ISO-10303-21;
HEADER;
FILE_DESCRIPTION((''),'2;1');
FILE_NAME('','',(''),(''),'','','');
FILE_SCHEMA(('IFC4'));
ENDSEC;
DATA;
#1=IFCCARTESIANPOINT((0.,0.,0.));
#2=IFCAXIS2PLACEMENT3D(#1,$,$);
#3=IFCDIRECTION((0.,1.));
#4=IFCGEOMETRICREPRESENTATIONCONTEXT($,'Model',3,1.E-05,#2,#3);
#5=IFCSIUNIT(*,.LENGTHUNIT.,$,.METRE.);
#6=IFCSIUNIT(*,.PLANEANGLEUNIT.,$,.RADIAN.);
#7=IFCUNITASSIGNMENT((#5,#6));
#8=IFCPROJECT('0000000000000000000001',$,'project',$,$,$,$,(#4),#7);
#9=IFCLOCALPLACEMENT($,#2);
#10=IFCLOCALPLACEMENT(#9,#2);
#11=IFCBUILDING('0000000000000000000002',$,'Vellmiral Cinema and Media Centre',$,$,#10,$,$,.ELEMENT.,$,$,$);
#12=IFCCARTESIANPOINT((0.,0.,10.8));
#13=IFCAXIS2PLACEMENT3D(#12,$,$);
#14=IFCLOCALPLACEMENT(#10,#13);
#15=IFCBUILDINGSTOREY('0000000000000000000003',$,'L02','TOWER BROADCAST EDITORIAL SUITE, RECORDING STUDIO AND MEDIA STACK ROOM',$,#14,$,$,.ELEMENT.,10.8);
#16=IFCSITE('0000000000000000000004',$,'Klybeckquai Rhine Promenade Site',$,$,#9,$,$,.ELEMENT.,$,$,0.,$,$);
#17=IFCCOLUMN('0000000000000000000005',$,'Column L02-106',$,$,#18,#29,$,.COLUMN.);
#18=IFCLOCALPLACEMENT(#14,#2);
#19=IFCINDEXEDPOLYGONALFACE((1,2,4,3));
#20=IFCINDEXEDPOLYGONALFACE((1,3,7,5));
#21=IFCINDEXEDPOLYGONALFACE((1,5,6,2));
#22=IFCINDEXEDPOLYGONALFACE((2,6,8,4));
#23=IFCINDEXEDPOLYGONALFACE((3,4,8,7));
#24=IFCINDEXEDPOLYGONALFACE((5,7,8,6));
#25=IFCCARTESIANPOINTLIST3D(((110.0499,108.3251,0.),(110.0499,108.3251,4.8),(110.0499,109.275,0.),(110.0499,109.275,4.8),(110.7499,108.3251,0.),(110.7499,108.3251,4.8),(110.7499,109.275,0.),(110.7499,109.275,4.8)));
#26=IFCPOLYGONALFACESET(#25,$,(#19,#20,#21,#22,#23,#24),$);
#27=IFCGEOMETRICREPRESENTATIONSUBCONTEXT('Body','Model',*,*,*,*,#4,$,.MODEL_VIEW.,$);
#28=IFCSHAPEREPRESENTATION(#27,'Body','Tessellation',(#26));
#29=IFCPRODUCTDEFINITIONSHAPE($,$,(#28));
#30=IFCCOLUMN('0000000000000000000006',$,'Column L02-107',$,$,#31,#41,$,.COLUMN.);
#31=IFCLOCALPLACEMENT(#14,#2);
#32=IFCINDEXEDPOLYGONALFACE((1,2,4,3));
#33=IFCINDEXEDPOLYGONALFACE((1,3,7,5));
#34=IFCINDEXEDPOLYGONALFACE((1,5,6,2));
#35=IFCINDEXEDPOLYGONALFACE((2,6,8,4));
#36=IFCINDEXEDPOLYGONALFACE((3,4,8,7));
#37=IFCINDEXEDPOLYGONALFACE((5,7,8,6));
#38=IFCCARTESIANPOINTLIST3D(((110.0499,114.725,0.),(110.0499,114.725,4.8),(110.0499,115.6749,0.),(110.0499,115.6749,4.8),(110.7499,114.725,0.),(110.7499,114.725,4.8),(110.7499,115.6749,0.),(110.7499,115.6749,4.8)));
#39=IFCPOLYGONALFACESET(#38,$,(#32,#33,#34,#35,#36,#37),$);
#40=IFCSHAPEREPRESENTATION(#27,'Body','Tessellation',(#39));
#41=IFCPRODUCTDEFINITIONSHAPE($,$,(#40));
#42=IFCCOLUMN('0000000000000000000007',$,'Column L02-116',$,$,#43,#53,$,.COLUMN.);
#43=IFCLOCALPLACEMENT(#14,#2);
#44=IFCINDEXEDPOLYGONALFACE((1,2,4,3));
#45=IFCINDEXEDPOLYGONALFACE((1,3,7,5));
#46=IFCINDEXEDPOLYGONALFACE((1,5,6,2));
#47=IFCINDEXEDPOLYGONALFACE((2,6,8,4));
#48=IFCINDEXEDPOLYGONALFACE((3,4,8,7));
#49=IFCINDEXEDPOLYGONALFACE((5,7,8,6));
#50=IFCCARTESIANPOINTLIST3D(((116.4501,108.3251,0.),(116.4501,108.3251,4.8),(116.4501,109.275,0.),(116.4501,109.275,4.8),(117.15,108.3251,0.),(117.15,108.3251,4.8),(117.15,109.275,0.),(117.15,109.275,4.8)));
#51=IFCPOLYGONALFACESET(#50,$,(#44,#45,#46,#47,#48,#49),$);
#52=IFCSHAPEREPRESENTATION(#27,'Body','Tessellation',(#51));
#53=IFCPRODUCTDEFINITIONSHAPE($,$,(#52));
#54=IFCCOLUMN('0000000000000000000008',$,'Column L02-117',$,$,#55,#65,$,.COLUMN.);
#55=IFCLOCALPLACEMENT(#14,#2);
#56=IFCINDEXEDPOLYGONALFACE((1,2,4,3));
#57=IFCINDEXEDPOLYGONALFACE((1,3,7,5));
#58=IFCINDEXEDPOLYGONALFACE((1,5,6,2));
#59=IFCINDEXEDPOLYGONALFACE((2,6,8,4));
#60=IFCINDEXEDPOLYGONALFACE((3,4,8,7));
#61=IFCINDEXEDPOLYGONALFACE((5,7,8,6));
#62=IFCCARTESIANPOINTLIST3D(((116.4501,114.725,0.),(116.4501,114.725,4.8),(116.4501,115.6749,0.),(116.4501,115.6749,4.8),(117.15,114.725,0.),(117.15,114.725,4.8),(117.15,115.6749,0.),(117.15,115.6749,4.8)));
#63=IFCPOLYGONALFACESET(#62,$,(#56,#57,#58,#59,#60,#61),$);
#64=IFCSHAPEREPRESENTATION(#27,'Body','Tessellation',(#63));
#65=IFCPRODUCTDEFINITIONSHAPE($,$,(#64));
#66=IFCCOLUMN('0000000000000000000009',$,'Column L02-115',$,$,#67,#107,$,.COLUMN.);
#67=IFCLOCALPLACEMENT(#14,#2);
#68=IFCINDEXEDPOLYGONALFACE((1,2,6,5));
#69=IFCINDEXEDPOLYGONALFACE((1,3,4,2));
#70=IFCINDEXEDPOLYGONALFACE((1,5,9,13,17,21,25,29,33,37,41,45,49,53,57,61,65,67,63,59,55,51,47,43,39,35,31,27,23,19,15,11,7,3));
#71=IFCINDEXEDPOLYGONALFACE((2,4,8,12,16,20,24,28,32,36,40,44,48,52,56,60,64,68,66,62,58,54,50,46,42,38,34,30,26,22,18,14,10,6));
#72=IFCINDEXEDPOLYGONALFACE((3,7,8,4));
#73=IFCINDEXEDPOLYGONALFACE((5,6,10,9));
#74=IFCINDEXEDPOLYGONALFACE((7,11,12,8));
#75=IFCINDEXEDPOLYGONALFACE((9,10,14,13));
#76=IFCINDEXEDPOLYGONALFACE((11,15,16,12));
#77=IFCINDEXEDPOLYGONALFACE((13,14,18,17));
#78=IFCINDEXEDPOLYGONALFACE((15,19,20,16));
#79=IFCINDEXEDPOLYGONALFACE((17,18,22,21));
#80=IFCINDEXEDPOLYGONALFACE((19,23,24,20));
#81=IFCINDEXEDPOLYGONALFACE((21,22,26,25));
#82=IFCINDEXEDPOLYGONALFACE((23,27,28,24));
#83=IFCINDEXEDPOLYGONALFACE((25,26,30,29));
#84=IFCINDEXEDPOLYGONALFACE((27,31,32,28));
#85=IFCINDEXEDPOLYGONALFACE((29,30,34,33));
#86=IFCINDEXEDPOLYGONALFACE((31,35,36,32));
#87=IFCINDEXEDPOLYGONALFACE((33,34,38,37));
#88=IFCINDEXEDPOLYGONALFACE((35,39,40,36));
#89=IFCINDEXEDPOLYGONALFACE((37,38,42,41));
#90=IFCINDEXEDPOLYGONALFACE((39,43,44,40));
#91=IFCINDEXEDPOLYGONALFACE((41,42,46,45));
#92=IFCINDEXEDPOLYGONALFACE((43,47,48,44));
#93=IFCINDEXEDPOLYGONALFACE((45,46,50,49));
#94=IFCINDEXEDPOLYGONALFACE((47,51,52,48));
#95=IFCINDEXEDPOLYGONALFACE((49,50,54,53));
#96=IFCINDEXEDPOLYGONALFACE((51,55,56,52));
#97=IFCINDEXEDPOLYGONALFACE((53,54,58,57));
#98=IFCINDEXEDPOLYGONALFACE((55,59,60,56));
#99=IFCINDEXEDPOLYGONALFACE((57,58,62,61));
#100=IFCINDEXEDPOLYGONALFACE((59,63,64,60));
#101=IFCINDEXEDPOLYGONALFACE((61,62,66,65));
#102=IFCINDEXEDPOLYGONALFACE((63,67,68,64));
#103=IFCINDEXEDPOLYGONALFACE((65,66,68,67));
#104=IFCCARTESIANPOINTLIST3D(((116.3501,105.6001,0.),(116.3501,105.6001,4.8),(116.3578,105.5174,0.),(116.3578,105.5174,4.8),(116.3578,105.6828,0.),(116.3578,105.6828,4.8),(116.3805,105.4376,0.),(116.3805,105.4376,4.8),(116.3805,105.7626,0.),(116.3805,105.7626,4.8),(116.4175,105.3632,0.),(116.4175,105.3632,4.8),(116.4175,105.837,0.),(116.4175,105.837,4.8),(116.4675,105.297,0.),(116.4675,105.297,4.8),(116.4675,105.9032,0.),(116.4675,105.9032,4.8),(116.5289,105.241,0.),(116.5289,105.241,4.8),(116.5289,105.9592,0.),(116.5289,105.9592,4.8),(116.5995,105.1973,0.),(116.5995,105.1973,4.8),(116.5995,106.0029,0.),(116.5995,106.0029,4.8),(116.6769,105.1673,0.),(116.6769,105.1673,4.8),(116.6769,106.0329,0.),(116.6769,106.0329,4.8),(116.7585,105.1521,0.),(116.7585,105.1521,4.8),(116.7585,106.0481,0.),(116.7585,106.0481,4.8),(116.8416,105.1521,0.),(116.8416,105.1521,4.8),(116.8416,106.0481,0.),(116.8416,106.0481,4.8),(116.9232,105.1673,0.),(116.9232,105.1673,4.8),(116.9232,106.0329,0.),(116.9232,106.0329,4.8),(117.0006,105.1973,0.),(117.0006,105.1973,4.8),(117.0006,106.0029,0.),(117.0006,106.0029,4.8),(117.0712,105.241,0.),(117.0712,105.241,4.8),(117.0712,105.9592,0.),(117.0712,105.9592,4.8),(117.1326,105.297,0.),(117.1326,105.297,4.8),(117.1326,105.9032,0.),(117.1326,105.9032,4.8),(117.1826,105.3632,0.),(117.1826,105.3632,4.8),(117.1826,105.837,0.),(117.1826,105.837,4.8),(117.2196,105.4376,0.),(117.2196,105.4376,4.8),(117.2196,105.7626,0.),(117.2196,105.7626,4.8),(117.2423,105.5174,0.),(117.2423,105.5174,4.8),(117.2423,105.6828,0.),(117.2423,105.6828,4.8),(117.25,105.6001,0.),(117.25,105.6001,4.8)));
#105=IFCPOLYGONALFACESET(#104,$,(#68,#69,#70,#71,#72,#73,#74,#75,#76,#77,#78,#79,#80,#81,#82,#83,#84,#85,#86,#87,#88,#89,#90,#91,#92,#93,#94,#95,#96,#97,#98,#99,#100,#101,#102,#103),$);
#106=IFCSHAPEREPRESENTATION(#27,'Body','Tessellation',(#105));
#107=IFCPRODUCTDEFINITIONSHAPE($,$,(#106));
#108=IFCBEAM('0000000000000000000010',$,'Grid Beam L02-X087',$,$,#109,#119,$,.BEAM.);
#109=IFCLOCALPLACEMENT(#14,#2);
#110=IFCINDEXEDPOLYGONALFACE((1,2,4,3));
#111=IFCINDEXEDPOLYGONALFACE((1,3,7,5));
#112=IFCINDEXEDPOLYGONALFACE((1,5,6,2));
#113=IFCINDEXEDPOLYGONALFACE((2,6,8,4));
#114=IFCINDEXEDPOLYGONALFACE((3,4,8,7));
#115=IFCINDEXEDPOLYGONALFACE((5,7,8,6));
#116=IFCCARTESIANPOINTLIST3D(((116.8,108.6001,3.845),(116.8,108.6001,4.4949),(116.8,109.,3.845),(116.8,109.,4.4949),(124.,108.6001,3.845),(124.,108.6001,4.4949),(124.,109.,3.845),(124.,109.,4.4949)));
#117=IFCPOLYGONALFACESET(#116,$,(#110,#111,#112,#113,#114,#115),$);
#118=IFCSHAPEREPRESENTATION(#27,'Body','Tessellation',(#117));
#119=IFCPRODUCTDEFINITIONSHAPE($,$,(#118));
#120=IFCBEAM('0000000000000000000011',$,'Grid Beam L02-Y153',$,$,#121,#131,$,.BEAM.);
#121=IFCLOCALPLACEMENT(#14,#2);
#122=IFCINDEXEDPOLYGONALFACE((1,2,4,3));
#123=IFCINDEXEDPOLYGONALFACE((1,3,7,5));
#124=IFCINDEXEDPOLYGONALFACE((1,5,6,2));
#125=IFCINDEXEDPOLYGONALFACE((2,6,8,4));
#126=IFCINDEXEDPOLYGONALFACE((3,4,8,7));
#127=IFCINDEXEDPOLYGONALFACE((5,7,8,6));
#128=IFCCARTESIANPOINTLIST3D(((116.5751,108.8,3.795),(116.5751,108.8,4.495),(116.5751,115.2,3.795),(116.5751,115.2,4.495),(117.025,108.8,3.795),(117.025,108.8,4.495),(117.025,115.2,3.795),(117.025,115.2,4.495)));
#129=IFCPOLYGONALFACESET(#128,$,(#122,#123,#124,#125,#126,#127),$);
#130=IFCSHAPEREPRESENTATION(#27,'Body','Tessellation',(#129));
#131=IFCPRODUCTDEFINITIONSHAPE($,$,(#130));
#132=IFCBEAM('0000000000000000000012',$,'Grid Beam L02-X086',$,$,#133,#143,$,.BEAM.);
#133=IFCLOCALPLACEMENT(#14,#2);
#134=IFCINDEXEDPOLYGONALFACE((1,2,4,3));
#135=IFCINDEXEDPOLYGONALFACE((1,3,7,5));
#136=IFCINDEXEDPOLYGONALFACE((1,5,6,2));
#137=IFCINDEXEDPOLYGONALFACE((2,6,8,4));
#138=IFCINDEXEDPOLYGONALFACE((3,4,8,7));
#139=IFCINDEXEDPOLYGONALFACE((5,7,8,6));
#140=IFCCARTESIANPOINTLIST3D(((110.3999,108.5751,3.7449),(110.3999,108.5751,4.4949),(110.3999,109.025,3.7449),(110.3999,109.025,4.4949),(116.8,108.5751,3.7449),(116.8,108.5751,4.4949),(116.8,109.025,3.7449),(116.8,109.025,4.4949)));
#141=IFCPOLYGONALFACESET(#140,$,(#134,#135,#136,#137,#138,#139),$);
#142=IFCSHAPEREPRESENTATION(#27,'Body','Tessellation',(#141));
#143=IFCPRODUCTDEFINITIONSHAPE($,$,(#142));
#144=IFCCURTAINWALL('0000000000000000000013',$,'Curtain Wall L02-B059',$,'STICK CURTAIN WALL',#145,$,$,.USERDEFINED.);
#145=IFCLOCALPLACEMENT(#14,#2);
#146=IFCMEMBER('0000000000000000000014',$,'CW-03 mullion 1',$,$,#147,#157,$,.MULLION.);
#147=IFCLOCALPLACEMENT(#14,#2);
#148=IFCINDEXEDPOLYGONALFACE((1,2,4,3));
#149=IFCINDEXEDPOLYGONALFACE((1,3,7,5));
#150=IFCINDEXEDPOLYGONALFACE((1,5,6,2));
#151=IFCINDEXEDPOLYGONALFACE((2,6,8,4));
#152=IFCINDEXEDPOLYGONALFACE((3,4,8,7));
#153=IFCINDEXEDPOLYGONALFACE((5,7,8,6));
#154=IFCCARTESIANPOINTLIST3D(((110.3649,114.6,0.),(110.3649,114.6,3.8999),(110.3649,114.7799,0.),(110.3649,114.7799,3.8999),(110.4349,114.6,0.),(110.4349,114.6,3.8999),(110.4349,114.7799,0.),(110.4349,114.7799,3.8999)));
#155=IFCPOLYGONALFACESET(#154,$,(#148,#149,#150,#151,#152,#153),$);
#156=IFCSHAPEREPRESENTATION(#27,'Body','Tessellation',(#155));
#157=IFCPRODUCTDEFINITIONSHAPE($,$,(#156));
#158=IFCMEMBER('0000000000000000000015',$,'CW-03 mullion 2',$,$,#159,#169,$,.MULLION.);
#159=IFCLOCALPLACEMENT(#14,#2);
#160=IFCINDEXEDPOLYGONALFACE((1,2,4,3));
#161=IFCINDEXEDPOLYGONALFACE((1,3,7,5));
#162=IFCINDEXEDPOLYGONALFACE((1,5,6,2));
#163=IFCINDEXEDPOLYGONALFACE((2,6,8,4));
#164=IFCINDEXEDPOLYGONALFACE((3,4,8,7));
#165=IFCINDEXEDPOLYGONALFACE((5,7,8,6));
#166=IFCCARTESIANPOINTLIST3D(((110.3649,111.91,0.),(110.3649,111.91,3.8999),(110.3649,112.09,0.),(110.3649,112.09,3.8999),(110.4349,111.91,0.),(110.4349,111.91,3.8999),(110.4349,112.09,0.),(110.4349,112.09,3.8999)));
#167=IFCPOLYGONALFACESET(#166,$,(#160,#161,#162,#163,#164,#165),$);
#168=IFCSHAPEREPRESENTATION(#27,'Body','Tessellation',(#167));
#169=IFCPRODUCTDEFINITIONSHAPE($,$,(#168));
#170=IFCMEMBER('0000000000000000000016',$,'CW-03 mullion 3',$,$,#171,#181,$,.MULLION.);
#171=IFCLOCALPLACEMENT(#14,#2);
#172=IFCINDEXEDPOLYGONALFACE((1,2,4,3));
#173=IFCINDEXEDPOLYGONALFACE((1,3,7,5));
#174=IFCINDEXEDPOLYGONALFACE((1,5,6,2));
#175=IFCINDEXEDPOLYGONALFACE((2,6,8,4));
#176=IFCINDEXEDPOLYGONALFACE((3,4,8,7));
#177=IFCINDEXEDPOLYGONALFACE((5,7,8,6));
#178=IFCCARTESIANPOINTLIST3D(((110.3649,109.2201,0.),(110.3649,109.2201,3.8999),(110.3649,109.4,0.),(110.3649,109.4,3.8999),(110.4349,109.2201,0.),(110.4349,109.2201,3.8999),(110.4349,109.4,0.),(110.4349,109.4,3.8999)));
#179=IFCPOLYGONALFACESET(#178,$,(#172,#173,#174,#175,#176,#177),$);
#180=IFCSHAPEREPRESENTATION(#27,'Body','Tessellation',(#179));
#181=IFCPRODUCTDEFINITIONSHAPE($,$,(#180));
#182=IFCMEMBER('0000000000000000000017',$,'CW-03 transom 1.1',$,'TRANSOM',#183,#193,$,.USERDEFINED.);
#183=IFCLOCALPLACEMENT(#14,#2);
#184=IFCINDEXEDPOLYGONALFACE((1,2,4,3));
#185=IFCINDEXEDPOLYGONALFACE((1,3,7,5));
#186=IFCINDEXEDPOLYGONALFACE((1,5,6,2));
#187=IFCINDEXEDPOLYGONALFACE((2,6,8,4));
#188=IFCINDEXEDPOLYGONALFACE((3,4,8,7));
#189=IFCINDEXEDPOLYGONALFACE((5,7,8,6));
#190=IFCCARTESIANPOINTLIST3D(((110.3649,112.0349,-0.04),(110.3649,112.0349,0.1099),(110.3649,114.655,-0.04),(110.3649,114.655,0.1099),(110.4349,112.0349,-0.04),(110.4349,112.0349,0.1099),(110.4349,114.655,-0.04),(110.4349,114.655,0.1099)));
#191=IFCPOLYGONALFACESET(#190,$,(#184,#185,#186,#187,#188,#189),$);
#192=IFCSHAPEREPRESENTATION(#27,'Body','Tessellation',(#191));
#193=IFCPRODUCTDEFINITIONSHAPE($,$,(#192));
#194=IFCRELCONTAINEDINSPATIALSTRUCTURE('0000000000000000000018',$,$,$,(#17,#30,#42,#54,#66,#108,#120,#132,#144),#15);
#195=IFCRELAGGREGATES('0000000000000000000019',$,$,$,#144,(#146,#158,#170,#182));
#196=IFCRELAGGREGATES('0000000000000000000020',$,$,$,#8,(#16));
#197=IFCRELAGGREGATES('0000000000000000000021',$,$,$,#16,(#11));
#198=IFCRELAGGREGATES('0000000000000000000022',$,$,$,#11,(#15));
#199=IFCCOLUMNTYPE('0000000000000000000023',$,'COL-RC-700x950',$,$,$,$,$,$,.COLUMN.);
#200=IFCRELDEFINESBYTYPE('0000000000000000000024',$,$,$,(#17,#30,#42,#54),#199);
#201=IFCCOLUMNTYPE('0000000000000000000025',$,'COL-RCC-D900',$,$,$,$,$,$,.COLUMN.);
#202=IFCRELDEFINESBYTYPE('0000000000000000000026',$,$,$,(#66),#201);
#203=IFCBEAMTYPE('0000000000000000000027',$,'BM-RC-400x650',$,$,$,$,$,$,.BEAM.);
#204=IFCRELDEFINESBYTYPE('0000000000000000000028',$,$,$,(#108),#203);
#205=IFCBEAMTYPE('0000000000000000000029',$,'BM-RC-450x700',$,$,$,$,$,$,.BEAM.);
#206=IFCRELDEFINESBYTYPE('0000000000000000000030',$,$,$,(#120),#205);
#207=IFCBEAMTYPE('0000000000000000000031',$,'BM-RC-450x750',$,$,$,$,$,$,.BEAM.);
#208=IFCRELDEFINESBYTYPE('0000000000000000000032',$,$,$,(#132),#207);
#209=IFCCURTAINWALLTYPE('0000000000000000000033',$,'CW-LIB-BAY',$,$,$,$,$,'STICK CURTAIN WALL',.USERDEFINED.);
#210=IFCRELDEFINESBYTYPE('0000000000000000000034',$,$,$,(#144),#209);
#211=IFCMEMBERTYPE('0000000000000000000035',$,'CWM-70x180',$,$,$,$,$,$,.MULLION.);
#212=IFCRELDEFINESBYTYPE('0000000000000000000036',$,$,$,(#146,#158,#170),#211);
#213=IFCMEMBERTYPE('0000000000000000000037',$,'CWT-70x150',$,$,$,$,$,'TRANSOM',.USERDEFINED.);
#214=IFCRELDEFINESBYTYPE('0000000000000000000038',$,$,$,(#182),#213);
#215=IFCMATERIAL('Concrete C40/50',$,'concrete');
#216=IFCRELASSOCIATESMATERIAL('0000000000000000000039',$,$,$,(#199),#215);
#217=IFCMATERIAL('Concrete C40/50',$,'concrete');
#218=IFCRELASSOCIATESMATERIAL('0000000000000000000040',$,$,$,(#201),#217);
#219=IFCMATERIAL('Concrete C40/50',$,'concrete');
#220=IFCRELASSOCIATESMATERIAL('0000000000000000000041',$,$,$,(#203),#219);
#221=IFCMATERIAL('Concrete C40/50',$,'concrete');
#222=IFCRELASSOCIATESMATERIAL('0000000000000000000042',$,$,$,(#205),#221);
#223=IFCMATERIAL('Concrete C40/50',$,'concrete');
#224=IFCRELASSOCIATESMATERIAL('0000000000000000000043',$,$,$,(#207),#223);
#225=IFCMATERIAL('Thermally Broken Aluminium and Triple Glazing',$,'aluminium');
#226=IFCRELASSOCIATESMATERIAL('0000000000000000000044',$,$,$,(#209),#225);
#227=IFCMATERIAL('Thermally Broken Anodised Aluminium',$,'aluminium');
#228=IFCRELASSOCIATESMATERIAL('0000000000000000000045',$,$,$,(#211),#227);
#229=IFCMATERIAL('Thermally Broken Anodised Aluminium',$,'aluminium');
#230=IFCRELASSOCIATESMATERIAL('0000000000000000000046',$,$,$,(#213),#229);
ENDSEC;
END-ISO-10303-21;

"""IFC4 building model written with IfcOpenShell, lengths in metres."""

from ifc_helpers import new_model, si_unit, direction, frame, origin, origin_2d, place, context, subcontext, project, spatial, rectangle, circle, extrude, material, material_profile, profile_set, type_object, element, aggregate, save


model = new_model("IFC4")

# Units and contexts
model_context = context("Model", 3, precision=1e-05, world=origin(), true_north=direction((0.0, 1.0)))
body_context = subcontext(model_context, "Body", "Model", "MODEL_VIEW")
ifc_project = project(units=[si_unit("LENGTHUNIT", "METRE"), si_unit("PLANEANGLEUNIT", "RADIAN")], contexts=[model_context])

# Site, building, storey
site_placement = place(None, origin())
site = spatial("IfcSite", under=ifc_project, at=site_placement, Name="Klybeckquai Rhine Promenade Site", CompositionType="ELEMENT", RefElevation=0.0)
building_placement = place(site_placement, origin())
building = spatial("IfcBuilding", under=site, at=building_placement, Name="Vellmiral Cinema and Media Centre", CompositionType="ELEMENT")
storey_placement = place(building_placement, frame((0.0, 0.0, 10.8)))
storey = spatial("IfcBuildingStorey", under=building, at=storey_placement, Name="L02", Description="TOWER BROADCAST EDITORIAL SUITE, RECORDING STUDIO AND MEDIA STACK ROOM", CompositionType="ELEMENT", Elevation=10.8)

# Columns
ifc_material_1 = material(Name="Concrete C40/50", Category="concrete")
ifc_material_profile_1 = material_profile(ifc_material_1, rectangle(XDim=0.7, YDim=0.95, at=origin_2d()), Name="RC 700x950")
ifc_profile_set_1 = profile_set([ifc_material_profile_1], Name="Concrete C40/50")
column_type_1 = type_object("IfcColumnType", Name="COL-RC-700x950", PredefinedType="COLUMN", material=ifc_profile_set_1)
for number, where, z_axis, x_axis, name in (
    (1, (110.3999, 108.8, 0.0), (0.0, 0.0, 1.0), (1.0, 0.0, 0.0), "Column L02-106"),
    (2, (110.3999, 115.2, 0.0), (0.0, 0.0, 1.0), (1.0, 0.0, 0.0), "Column L02-107"),
    (3, (116.8, 108.8, 0.0), (0.0, 0.0, 1.0), (1.0, 0.0, 0.0), "Column L02-116"),
    (4, (116.8, 115.2, 0.0), (0.0, 0.0, 1.0), (1.0, 0.0, 0.0), "Column L02-117"),
):
    element("IfcColumn", number, at=place(storey_placement, frame(where, z_axis=z_axis, x_axis=x_axis)), inside=storey, type_object=column_type_1, Name=name, PredefinedType="COLUMN", context=body_context, shape_type="SweptSolid", body=[
        extrude(rectangle(XDim=0.7, YDim=0.95, at=origin_2d()), origin(), (0.0, 0.0, 1.0), 4.8),
    ])
ifc_material_2 = material(Name="Concrete C40/50", Category="concrete")
ifc_material_profile_2 = material_profile(ifc_material_2, circle(Radius=0.45, at=origin_2d()), Name="RC D900")
ifc_profile_set_2 = profile_set([ifc_material_profile_2], Name="Concrete C40/50")
column_type_2 = type_object("IfcColumnType", Name="COL-RCC-D900", PredefinedType="COLUMN", material=ifc_profile_set_2)
column_placement = place(storey_placement, frame((116.8, 105.6001, 0.0), z_axis=(0.0, 0.0, 1.0), x_axis=(1.0, 0.0, 0.0)))
element("IfcColumn", 5, at=column_placement, inside=storey, type_object=column_type_2, Name="Column L02-115", PredefinedType="COLUMN", context=body_context, shape_type="SweptSolid", body=[
    extrude(circle(Radius=0.45, at=origin_2d()), origin(), (0.0, 0.0, 1.0), 4.8),
])

# Beams
ifc_material_3 = material(Name="Concrete C40/50", Category="concrete")
ifc_material_profile_3 = material_profile(ifc_material_3, rectangle(XDim=0.3999, YDim=0.6499, at=origin_2d()), Name="RC 400x650")
ifc_profile_set_3 = profile_set([ifc_material_profile_3], Name="Concrete C40/50")
beam_type_1 = type_object("IfcBeamType", Name="BM-RC-400x650", PredefinedType="BEAM", material=ifc_profile_set_3)
beam_1_placement = place(storey_placement, frame((116.8, 108.8, 4.1699), z_axis=(1.0, 0.0, 0.0), x_axis=(0.0, 1.0, 0.0)))
element("IfcBeam", 6, at=beam_1_placement, inside=storey, type_object=beam_type_1, Name="Grid Beam L02-X087", PredefinedType="BEAM", context=body_context, shape_type="SweptSolid", body=[
    extrude(rectangle(XDim=0.3999, YDim=0.6499, at=origin_2d()), origin(), (0.0, 0.0, 1.0), 7.2),
])
ifc_material_4 = material(Name="Concrete C40/50", Category="concrete")
ifc_material_profile_4 = material_profile(ifc_material_4, rectangle(XDim=0.45, YDim=0.7, at=origin_2d()), Name="RC 450x700")
ifc_profile_set_4 = profile_set([ifc_material_profile_4], Name="Concrete C40/50")
beam_type_2 = type_object("IfcBeamType", Name="BM-RC-450x700", PredefinedType="BEAM", material=ifc_profile_set_4)
beam_2_placement = place(storey_placement, frame((116.8, 108.8, 4.145), z_axis=(0.0, 1.0, 0.0), x_axis=(-1.0, 0.0, 0.0)))
element("IfcBeam", 7, at=beam_2_placement, inside=storey, type_object=beam_type_2, Name="Grid Beam L02-Y153", PredefinedType="BEAM", context=body_context, shape_type="SweptSolid", body=[
    extrude(rectangle(XDim=0.45, YDim=0.7, at=origin_2d()), origin(), (0.0, 0.0, 1.0), 6.3999),
])
ifc_material_5 = material(Name="Concrete C40/50", Category="concrete")
ifc_material_profile_5 = material_profile(ifc_material_5, rectangle(XDim=0.45, YDim=0.75, at=origin_2d()), Name="RC 450x750")
ifc_profile_set_5 = profile_set([ifc_material_profile_5], Name="Concrete C40/50")
beam_type_3 = type_object("IfcBeamType", Name="BM-RC-450x750", PredefinedType="BEAM", material=ifc_profile_set_5)
beam_3_placement = place(storey_placement, frame((110.3999, 108.8, 4.1199), z_axis=(1.0, 0.0, 0.0), x_axis=(0.0, 1.0, 0.0)))
element("IfcBeam", 8, at=beam_3_placement, inside=storey, type_object=beam_type_3, Name="Grid Beam L02-X086", PredefinedType="BEAM", context=body_context, shape_type="SweptSolid", body=[
    extrude(rectangle(XDim=0.45, YDim=0.75, at=origin_2d()), origin(), (0.0, 0.0, 1.0), 6.4001),
])

# Curtain wall, members
ifc_material_6 = material(Name="Thermally Broken Aluminium and Triple Glazing", Category="aluminium")
curtain_wall_type = type_object("IfcCurtainWallType", Name="CW-LIB-BAY", ElementType="STICK CURTAIN WALL", PredefinedType="USERDEFINED", material=ifc_material_6)
curtain_wall_placement = place(storey_placement, origin())
curtain_wall = element("IfcCurtainWall", 9, at=curtain_wall_placement, inside=storey, type_object=curtain_wall_type, Name="Curtain Wall L02-B059", ObjectType="STICK CURTAIN WALL", PredefinedType="USERDEFINED")
ifc_material_7 = material(Name="Thermally Broken Anodised Aluminium", Category="aluminium")
ifc_material_profile_6 = material_profile(ifc_material_7, rectangle(XDim=0.0701, YDim=0.1799, at=origin_2d()), Name="MULL 70x180")
ifc_profile_set_6 = profile_set([ifc_material_profile_6], Name="Thermally Broken Anodised Aluminium")
member_type_1 = type_object("IfcMemberType", Name="CWM-70x180", PredefinedType="MULLION", material=ifc_profile_set_6)
member_1_placement = place(storey_placement, frame((110.3999, 114.6899, 0.0), z_axis=(0.0, 0.0, 1.0), x_axis=(1.0, 0.0, 0.0)))
member_1 = element("IfcMember", 10, at=member_1_placement, type_object=member_type_1, Name="CW-03 mullion 1", PredefinedType="MULLION", context=body_context, shape_type="SweptSolid", body=[
    extrude(rectangle(XDim=0.0701, YDim=0.1799, at=origin_2d()), origin(), (0.0, 0.0, 1.0), 3.8999),
])
member_2_placement = place(storey_placement, frame((110.3999, 112.0, 0.0), z_axis=(0.0, 0.0, 1.0), x_axis=(1.0, 0.0, 0.0)))
member_2 = element("IfcMember", 11, at=member_2_placement, type_object=member_type_1, Name="CW-03 mullion 2", PredefinedType="MULLION", context=body_context, shape_type="SweptSolid", body=[
    extrude(rectangle(XDim=0.0701, YDim=0.1799, at=origin_2d()), origin(), (0.0, 0.0, 1.0), 3.8999),
])
member_3_placement = place(storey_placement, frame((110.3999, 109.3101, 0.0), z_axis=(0.0, 0.0, 1.0), x_axis=(1.0, 0.0, 0.0)))
member_3 = element("IfcMember", 12, at=member_3_placement, type_object=member_type_1, Name="CW-03 mullion 3", PredefinedType="MULLION", context=body_context, shape_type="SweptSolid", body=[
    extrude(rectangle(XDim=0.0701, YDim=0.1799, at=origin_2d()), origin(), (0.0, 0.0, 1.0), 3.8999),
])
ifc_material_8 = material(Name="Thermally Broken Anodised Aluminium", Category="aluminium")
ifc_material_profile_7 = material_profile(ifc_material_8, rectangle(XDim=0.0701, YDim=0.1499, at=origin_2d()), Name="MULL 70x150")
ifc_profile_set_7 = profile_set([ifc_material_profile_7], Name="Thermally Broken Anodised Aluminium")
member_type_2 = type_object("IfcMemberType", Name="CWT-70x150", ElementType="TRANSOM", PredefinedType="USERDEFINED", material=ifc_profile_set_7)
member_4_placement = place(storey_placement, frame((110.3999, 114.655, 0.0349), z_axis=(0.0, -1.0, 0.0), x_axis=(1.0, 0.0, 0.0)))
member_4 = element("IfcMember", 13, at=member_4_placement, type_object=member_type_2, Name="CW-03 transom 1.1", ObjectType="TRANSOM", PredefinedType="USERDEFINED", context=body_context, shape_type="SweptSolid", body=[
    extrude(rectangle(XDim=0.0701, YDim=0.1499, at=origin_2d()), origin(), (0.0, 0.0, 1.0), 2.6201),
])

aggregate(curtain_wall, [member_1, member_2, member_3, member_4])

save(model, "model.ifc")
